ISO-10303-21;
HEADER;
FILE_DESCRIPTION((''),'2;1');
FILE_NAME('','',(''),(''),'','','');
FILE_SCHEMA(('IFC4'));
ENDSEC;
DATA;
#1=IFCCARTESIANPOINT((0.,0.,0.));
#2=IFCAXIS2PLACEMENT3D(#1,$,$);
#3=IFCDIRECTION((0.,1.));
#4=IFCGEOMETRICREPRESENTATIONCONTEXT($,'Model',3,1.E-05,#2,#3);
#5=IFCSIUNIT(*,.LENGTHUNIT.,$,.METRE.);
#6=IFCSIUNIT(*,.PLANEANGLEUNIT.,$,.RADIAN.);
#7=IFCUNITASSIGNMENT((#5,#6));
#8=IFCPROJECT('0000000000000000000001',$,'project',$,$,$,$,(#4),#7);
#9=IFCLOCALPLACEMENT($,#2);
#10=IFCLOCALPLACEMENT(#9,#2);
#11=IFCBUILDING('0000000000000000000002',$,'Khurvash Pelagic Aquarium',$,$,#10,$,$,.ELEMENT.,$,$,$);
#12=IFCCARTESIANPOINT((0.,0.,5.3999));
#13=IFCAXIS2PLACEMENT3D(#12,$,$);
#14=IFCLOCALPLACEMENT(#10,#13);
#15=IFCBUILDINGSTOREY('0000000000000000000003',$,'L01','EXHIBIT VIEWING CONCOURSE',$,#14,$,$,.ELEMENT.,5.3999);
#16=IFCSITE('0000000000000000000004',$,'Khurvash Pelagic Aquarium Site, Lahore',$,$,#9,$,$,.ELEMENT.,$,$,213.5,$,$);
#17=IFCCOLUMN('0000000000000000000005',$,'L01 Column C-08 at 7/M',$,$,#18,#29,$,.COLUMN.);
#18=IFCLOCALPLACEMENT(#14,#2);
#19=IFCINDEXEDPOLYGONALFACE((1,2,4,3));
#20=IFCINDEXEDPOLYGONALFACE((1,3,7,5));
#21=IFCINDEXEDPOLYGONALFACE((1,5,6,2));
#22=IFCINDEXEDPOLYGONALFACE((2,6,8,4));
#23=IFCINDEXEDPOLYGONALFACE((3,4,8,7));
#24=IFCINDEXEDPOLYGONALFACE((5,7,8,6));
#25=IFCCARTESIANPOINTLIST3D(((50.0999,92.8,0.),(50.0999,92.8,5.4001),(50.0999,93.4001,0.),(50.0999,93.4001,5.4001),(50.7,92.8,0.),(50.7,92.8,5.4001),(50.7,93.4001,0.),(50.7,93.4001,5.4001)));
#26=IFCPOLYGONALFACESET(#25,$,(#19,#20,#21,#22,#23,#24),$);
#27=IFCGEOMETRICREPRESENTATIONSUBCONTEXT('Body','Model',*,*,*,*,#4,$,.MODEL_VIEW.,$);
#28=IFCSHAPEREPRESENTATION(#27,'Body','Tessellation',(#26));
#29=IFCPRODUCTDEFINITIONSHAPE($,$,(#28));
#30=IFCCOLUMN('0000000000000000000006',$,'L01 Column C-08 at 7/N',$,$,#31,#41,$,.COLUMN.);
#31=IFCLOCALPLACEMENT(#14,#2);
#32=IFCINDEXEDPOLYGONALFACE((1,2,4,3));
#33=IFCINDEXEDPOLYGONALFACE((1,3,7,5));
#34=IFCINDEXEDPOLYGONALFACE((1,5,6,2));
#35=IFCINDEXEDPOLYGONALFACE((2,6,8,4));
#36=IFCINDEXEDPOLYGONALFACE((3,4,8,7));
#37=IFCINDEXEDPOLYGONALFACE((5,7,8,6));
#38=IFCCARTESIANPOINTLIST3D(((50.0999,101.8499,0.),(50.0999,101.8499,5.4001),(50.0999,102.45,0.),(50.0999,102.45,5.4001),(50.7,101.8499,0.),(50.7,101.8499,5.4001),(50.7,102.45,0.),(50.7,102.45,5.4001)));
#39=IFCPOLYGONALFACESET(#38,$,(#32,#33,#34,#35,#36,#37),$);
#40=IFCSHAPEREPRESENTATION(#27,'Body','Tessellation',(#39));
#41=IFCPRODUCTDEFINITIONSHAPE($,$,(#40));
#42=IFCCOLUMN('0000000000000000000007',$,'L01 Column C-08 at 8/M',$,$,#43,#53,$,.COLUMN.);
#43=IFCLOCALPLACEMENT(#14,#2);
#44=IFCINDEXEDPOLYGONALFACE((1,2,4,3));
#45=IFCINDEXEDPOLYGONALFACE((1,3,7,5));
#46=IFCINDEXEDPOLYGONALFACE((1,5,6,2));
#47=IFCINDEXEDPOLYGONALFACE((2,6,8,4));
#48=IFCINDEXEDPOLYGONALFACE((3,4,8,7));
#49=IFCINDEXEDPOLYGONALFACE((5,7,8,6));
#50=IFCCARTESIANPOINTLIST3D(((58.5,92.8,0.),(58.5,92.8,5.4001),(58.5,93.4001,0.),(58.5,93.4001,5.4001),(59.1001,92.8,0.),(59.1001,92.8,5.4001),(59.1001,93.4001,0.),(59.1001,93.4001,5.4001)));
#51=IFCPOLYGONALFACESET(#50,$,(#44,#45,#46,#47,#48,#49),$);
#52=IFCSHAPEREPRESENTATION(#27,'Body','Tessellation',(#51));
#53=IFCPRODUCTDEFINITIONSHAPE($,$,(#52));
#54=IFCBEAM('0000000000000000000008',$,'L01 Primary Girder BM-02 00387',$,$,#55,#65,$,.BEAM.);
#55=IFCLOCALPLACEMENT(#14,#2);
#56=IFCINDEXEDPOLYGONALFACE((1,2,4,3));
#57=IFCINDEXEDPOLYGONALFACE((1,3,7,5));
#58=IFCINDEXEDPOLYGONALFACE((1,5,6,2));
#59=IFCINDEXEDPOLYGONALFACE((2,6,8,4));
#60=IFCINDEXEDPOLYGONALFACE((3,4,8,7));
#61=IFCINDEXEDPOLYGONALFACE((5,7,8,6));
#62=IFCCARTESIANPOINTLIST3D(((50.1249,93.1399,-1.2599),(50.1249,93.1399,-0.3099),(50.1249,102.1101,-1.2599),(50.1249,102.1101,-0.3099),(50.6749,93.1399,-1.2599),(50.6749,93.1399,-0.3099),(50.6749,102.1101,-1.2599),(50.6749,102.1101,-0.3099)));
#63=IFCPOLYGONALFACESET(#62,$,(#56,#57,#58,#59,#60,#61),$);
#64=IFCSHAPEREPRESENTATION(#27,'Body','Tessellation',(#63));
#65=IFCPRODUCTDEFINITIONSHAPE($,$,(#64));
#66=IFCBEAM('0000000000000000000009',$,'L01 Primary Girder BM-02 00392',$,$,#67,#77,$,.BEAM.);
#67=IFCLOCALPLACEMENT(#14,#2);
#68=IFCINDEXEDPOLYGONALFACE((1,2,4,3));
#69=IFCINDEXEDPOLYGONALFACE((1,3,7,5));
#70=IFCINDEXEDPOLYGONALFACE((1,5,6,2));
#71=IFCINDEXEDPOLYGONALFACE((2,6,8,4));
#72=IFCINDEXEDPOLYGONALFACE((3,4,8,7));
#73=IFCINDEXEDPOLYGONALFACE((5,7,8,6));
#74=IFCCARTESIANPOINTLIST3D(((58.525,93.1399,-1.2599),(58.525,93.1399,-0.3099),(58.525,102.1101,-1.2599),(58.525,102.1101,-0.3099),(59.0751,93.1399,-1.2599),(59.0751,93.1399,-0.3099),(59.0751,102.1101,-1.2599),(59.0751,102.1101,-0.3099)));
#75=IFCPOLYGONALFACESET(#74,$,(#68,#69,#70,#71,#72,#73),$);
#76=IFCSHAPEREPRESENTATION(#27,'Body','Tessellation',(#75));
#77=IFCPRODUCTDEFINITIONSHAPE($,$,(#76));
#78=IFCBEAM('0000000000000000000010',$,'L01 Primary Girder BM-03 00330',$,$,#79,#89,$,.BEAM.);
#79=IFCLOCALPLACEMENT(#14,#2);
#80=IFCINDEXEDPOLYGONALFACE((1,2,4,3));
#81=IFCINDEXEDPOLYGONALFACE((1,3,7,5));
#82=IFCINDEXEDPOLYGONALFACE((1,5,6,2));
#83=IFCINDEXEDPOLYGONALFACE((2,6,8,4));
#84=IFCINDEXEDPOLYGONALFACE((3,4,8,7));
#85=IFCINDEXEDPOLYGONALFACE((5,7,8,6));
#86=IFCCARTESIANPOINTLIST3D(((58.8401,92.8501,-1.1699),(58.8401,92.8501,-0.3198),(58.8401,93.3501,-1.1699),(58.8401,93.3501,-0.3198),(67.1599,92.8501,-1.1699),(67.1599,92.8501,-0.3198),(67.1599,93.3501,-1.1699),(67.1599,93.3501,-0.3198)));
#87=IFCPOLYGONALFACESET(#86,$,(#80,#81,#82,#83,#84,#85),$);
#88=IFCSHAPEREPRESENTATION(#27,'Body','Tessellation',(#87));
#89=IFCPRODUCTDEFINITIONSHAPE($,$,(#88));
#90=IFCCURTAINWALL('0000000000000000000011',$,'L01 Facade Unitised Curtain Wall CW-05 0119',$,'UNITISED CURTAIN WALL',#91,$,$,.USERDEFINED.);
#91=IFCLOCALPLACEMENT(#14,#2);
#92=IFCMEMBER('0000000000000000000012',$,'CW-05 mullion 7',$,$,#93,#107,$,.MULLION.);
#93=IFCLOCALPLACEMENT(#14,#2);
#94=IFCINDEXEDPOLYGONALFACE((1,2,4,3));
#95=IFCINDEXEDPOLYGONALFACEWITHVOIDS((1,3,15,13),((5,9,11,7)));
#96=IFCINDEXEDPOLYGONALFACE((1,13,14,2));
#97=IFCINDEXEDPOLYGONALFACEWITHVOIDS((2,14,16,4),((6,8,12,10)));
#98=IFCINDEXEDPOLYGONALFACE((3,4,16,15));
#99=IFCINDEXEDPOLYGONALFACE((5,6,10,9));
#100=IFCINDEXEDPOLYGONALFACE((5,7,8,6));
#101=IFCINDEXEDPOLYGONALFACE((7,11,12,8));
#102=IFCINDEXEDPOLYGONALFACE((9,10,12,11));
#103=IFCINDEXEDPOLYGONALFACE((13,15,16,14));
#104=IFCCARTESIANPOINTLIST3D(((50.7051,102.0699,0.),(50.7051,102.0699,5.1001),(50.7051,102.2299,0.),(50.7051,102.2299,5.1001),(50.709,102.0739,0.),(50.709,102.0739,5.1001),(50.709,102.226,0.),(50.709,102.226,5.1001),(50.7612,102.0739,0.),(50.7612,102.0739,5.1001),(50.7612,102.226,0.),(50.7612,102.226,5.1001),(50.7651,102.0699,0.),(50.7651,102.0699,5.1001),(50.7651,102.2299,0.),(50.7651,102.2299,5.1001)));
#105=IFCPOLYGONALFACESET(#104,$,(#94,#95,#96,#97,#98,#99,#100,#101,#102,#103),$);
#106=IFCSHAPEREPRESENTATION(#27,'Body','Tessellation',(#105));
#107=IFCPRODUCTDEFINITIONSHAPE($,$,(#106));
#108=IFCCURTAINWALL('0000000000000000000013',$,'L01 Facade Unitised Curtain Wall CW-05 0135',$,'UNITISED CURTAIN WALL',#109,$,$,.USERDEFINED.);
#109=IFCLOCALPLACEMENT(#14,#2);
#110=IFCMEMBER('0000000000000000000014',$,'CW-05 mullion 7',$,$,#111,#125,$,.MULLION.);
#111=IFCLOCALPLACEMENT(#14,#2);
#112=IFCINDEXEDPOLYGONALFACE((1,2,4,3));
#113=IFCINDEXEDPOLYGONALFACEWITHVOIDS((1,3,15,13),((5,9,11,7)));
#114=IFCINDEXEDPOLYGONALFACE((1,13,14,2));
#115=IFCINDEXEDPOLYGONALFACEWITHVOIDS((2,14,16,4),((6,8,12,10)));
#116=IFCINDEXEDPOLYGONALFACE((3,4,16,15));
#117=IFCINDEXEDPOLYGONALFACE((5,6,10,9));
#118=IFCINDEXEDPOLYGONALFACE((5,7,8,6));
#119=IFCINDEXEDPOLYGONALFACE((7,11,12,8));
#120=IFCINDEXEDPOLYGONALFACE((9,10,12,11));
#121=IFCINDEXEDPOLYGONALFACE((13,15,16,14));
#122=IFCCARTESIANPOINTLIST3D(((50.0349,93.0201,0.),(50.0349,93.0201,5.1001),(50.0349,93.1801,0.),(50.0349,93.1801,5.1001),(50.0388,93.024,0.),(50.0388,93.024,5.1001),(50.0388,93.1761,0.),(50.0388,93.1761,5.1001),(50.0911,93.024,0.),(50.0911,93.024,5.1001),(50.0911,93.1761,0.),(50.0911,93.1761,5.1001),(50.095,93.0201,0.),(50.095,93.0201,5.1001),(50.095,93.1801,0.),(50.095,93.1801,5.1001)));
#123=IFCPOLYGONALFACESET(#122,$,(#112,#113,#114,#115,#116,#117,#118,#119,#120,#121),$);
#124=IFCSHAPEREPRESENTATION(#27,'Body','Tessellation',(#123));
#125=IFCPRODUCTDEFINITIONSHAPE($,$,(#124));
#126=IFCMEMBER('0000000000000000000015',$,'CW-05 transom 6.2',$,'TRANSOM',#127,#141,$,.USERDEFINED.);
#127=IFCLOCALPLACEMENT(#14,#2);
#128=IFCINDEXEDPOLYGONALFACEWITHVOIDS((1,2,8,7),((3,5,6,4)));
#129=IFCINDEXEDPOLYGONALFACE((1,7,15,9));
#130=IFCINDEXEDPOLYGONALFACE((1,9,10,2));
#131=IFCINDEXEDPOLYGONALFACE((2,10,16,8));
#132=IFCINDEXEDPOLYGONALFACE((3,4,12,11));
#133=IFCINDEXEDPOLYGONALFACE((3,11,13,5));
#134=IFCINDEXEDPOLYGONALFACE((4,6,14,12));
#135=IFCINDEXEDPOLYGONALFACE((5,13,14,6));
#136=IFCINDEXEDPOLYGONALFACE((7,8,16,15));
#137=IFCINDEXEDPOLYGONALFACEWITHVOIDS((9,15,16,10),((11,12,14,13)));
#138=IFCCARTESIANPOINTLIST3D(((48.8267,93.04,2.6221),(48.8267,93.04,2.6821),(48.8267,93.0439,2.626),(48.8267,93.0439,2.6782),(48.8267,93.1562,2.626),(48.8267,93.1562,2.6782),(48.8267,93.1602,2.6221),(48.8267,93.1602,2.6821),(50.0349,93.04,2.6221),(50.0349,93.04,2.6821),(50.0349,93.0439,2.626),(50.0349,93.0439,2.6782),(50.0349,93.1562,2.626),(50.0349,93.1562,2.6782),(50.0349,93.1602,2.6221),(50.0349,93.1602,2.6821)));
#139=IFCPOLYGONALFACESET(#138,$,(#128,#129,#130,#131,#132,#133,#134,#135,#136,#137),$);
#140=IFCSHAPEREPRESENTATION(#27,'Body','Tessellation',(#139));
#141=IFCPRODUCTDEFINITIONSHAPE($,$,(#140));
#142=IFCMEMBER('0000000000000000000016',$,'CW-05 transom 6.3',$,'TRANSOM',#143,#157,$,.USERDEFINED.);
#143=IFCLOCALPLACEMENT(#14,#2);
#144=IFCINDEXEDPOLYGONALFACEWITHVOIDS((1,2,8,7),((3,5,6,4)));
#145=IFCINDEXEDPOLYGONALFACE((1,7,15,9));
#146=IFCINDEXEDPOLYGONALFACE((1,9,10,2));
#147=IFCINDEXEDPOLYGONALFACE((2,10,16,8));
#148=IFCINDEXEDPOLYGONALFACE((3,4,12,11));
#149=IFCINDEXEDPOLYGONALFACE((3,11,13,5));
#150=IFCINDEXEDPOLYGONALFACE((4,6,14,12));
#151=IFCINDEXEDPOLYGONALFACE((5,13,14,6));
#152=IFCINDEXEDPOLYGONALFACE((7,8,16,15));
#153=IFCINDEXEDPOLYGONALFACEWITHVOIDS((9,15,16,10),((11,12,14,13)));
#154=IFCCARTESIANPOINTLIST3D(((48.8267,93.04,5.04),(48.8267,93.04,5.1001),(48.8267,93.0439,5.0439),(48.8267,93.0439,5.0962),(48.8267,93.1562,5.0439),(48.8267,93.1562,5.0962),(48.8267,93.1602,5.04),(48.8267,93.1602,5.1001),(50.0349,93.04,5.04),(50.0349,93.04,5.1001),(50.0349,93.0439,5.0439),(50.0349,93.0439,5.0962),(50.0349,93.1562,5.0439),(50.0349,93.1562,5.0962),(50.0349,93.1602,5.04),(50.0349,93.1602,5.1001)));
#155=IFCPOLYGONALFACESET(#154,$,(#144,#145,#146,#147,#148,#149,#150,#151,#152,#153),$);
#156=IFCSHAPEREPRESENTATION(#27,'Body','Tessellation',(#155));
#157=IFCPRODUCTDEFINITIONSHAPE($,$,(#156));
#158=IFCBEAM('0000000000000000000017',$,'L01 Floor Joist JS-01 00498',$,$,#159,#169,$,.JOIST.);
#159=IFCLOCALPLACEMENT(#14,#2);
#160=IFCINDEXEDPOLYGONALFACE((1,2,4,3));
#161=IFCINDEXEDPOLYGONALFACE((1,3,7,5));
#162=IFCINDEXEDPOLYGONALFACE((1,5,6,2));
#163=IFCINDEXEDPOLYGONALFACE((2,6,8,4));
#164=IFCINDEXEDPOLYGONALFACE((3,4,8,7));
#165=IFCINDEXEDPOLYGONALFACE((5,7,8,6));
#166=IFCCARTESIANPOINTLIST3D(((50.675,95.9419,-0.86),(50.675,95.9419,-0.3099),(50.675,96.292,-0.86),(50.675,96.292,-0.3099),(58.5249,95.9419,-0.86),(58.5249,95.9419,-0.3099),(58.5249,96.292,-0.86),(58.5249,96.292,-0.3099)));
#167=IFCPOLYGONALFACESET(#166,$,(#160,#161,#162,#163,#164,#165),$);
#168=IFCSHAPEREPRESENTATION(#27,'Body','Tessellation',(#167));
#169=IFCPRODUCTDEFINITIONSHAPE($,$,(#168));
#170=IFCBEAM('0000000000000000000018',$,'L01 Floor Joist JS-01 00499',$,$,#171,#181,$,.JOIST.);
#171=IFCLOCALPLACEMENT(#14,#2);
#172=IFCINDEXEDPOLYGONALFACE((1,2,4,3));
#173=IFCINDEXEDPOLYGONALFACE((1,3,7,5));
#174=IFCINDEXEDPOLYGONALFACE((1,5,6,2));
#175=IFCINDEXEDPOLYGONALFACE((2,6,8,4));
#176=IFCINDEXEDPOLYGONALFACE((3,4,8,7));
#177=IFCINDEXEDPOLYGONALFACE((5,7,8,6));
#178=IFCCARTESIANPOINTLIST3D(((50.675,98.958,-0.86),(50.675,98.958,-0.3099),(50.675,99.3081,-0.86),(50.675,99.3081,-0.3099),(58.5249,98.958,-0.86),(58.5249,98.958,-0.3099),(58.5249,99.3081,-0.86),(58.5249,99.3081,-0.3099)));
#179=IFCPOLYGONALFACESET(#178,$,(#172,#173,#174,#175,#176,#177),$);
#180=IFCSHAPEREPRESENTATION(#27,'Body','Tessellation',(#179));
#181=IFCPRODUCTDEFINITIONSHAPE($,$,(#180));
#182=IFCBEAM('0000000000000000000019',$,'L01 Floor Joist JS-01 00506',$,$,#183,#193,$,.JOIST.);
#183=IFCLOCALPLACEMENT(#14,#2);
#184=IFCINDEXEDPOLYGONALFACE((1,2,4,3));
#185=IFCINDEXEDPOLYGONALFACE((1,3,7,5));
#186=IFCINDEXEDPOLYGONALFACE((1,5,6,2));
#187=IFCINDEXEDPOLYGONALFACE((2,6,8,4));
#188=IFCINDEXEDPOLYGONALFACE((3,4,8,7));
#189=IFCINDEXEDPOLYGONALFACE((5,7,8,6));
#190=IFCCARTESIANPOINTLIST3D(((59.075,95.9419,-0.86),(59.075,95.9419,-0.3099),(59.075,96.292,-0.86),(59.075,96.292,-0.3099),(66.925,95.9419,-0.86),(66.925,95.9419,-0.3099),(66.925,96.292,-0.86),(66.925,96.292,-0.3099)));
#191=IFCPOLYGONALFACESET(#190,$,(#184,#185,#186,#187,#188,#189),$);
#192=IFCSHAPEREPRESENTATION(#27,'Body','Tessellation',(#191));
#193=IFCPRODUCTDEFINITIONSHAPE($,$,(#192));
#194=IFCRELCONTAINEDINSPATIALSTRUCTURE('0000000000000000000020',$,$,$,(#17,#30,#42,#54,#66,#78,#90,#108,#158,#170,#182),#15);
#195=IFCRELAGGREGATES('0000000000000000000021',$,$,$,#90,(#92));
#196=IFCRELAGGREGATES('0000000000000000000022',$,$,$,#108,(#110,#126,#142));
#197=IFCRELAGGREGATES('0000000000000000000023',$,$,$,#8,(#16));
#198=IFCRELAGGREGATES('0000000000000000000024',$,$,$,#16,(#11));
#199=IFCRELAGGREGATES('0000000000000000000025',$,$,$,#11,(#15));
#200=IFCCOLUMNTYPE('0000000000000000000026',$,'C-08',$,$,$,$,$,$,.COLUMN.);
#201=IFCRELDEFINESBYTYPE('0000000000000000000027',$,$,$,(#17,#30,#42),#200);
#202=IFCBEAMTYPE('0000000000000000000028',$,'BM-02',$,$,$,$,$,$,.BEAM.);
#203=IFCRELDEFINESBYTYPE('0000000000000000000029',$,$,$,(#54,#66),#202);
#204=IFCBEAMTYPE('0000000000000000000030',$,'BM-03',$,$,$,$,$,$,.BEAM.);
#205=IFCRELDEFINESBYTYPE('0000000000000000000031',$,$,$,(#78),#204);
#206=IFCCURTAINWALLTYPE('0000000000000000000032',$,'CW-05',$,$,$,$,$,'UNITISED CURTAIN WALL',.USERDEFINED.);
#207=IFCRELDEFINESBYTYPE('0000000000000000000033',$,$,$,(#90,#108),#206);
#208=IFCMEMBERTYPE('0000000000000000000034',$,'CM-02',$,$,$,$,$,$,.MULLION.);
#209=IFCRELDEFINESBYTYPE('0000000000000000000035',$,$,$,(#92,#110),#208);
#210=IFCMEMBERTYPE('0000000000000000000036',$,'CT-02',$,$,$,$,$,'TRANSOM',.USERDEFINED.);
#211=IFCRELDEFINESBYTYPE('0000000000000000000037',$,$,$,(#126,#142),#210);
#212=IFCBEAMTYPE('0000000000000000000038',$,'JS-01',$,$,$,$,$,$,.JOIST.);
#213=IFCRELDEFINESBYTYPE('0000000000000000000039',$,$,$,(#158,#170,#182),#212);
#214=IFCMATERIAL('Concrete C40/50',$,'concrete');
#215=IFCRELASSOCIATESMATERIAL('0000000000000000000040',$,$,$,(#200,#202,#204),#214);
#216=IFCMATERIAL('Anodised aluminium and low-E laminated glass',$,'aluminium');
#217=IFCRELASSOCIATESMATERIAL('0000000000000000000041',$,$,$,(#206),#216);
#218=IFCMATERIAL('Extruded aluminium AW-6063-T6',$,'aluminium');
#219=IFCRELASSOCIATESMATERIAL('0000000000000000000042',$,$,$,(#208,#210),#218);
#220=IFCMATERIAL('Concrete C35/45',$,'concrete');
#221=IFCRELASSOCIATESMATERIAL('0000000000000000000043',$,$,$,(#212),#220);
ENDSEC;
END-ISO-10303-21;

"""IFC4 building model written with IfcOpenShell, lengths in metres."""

from ifc_helpers import new_model, si_unit, direction, frame, origin, origin_2d, place, context, subcontext, project, spatial, rectangle, hollow_rectangle, extrude, material, material_profile, profile_set, type_object, element, aggregate, save


model = new_model("IFC4")

# Units and contexts
model_context = context("Model", 3, precision=1e-05, world=origin(), true_north=direction((0.0, 1.0)))
body_context = subcontext(model_context, "Body", "Model", "MODEL_VIEW")
ifc_project = project(units=[si_unit("LENGTHUNIT", "METRE"), si_unit("PLANEANGLEUNIT", "RADIAN")], contexts=[model_context])

# Site, building, storey
site_placement = place(None, origin())
site = spatial("IfcSite", under=ifc_project, at=site_placement, Name="Khurvash Pelagic Aquarium Site, Lahore", CompositionType="ELEMENT", RefElevation=213.5)
building_placement = place(site_placement, origin())
building = spatial("IfcBuilding", under=site, at=building_placement, Name="Khurvash Pelagic Aquarium", CompositionType="ELEMENT")
storey_placement = place(building_placement, frame((0.0, 0.0, 5.3999)))
storey = spatial("IfcBuildingStorey", under=building, at=storey_placement, Name="L01", Description="EXHIBIT VIEWING CONCOURSE", CompositionType="ELEMENT", Elevation=5.3999)

# Columns
ifc_material_1 = material(Name="Concrete C40/50", Category="concrete")
ifc_material_profile_1 = material_profile(ifc_material_1, rectangle(XDim=0.6001, YDim=0.6001, at=origin_2d()), Name="RC600X600")
ifc_profile_set_1 = profile_set([ifc_material_profile_1], Name="Concrete C40/50")
column_type = type_object("IfcColumnType", Name="C-08", PredefinedType="COLUMN", material=ifc_profile_set_1)
for number, where, z_axis, x_axis, name in (
    (1, (50.3999, 93.1001, 0.0), (0.0, 0.0, 1.0), (1.0, 0.0, 0.0), "L01 Column C-08 at 7/M"),
    (2, (50.3999, 102.1499, 0.0), (0.0, 0.0, 1.0), (1.0, 0.0, 0.0), "L01 Column C-08 at 7/N"),
    (3, (58.8, 93.1001, 0.0), (0.0, 0.0, 1.0), (1.0, 0.0, 0.0), "L01 Column C-08 at 8/M"),
):
    element("IfcColumn", number, at=place(storey_placement, frame(where, z_axis=z_axis, x_axis=x_axis)), inside=storey, type_object=column_type, Name=name, PredefinedType="COLUMN", context=body_context, shape_type="SweptSolid", body=[
        extrude(rectangle(XDim=0.6001, YDim=0.6001, at=origin_2d()), origin(), (0.0, 0.0, 1.0), 5.4001),
    ])

# Beams
ifc_material_profile_2 = material_profile(ifc_material_1, rectangle(XDim=0.55, YDim=0.95, at=origin_2d()), Name="RC550X950")
ifc_profile_set_2 = profile_set([ifc_material_profile_2], Name="Concrete C40/50")
beam_type_1 = type_object("IfcBeamType", Name="BM-02", PredefinedType="BEAM", material=ifc_profile_set_2)
for number, where, z_axis, x_axis, name in (
    (4, (50.3999, 93.1399, -0.7849), (0.0, 1.0, 0.0), (-1.0, 0.0, 0.0), "L01 Primary Girder BM-02 00387"),
    (5, (58.8, 93.1399, -0.7849), (0.0, 1.0, 0.0), (-1.0, 0.0, 0.0), "L01 Primary Girder BM-02 00392"),
):
    element("IfcBeam", number, at=place(storey_placement, frame(where, z_axis=z_axis, x_axis=x_axis)), inside=storey, type_object=beam_type_1, Name=name, PredefinedType="BEAM", context=body_context, shape_type="SweptSolid", body=[
        extrude(rectangle(XDim=0.55, YDim=0.95, at=origin_2d()), origin(), (0.0, 0.0, 1.0), 8.9702),
    ])
ifc_material_profile_3 = material_profile(ifc_material_1, rectangle(XDim=0.5, YDim=0.8501, at=origin_2d()), Name="RC500X850")
ifc_profile_set_3 = profile_set([ifc_material_profile_3], Name="Concrete C40/50")
beam_type_2 = type_object("IfcBeamType", Name="BM-03", PredefinedType="BEAM", material=ifc_profile_set_3)
beam_placement = place(storey_placement, frame((58.8401, 93.1001, -0.7449), z_axis=(1.0, 0.0, 0.0), x_axis=(0.0, 1.0, 0.0)))
element("IfcBeam", 6, at=beam_placement, inside=storey, type_object=beam_type_2, Name="L01 Primary Girder BM-03 00330", PredefinedType="BEAM", context=body_context, shape_type="SweptSolid", body=[
    extrude(rectangle(XDim=0.5, YDim=0.8501, at=origin_2d()), origin(), (0.0, 0.0, 1.0), 8.3198),
])

# Curtain wall, member
ifc_material_2 = material(Name="Anodised aluminium and low-E laminated glass", Category="aluminium")
curtain_wall_type = type_object("IfcCurtainWallType", Name="CW-05", ElementType="UNITISED CURTAIN WALL", PredefinedType="USERDEFINED", material=ifc_material_2)
curtain_wall_1_placement = place(storey_placement, origin())
curtain_wall_1 = element("IfcCurtainWall", 7, at=curtain_wall_1_placement, inside=storey, type_object=curtain_wall_type, Name="L01 Facade Unitised Curtain Wall CW-05 0119", ObjectType="UNITISED CURTAIN WALL", PredefinedType="USERDEFINED")
ifc_material_3 = material(Name="Extruded aluminium AW-6063-T6", Category="aluminium")
ifc_material_profile_4 = material_profile(ifc_material_3, hollow_rectangle(XDim=0.0601, YDim=0.1599, WallThickness=0.0039, at=origin_2d()), Name="CWM60X160X4")
ifc_profile_set_4 = profile_set([ifc_material_profile_4], Name="Extruded aluminium AW-6063-T6")
member_type_1 = type_object("IfcMemberType", Name="CM-02", PredefinedType="MULLION", material=ifc_profile_set_4)
member_1_placement = place(storey_placement, frame((50.7351, 102.1499, 0.0), z_axis=(0.0, 0.0, 1.0), x_axis=(-1.0, 0.0, 0.0)))
member_1 = element("IfcMember", 8, at=member_1_placement, type_object=member_type_1, Name="CW-05 mullion 7", PredefinedType="MULLION", context=body_context, shape_type="SweptSolid", body=[
    extrude(hollow_rectangle(XDim=0.0601, YDim=0.1599, WallThickness=0.0039, at=origin_2d()), origin(), (0.0, 0.0, 1.0), 5.1001),
])
aggregate(curtain_wall_1, [member_1])

# Curtain wall, members
curtain_wall_2_placement = place(storey_placement, origin())
curtain_wall_2 = element("IfcCurtainWall", 9, at=curtain_wall_2_placement, inside=storey, type_object=curtain_wall_type, Name="L01 Facade Unitised Curtain Wall CW-05 0135", ObjectType="UNITISED CURTAIN WALL", PredefinedType="USERDEFINED")
member_2_placement = place(storey_placement, frame((50.0649, 93.1001, 0.0), z_axis=(0.0, 0.0, 1.0), x_axis=(1.0, 0.0, 0.0)))
member_2 = element("IfcMember", 10, at=member_2_placement, type_object=member_type_1, Name="CW-05 mullion 7", PredefinedType="MULLION", context=body_context, shape_type="SweptSolid", body=[
    extrude(hollow_rectangle(XDim=0.0601, YDim=0.1599, WallThickness=0.0039, at=origin_2d()), origin(), (0.0, 0.0, 1.0), 5.1001),
])
ifc_material_profile_5 = material_profile(ifc_material_3, hollow_rectangle(XDim=0.1201, YDim=0.0601, WallThickness=0.0039, at=origin_2d()), Name="CWT120X60X4")
ifc_profile_set_5 = profile_set([ifc_material_profile_5], Name="Extruded aluminium AW-6063-T6")
member_type_2 = type_object("IfcMemberType", Name="CT-02", ElementType="TRANSOM", PredefinedType="USERDEFINED", material=ifc_profile_set_5)
member_3_placement = place(storey_placement, frame((48.8267, 93.1001, 2.6521), z_axis=(1.0, 0.0, 0.0), x_axis=(0.0, 1.0, 0.0)))
member_3 = element("IfcMember", 11, at=member_3_placement, type_object=member_type_2, Name="CW-05 transom 6.2", ObjectType="TRANSOM", PredefinedType="USERDEFINED", context=body_context, shape_type="SweptSolid", body=[
    extrude(hollow_rectangle(XDim=0.1201, YDim=0.0601, WallThickness=0.0039, at=origin_2d()), origin(), (0.0, 0.0, 1.0), 1.2083),
])
member_4_placement = place(storey_placement, frame((48.8267, 93.1001, 5.0701), z_axis=(1.0, 0.0, 0.0), x_axis=(0.0, 1.0, 0.0)))
member_4 = element("IfcMember", 12, at=member_4_placement, type_object=member_type_2, Name="CW-05 transom 6.3", ObjectType="TRANSOM", PredefinedType="USERDEFINED", context=body_context, shape_type="SweptSolid", body=[
    extrude(hollow_rectangle(XDim=0.1201, YDim=0.0601, WallThickness=0.0039, at=origin_2d()), origin(), (0.0, 0.0, 1.0), 1.2083),
])

# Beams
ifc_material_4 = material(Name="Concrete C35/45", Category="concrete")
ifc_material_profile_6 = material_profile(ifc_material_4, rectangle(XDim=0.3501, YDim=0.55, at=origin_2d()), Name="RC350X550")
ifc_profile_set_6 = profile_set([ifc_material_profile_6], Name="Concrete C35/45")
beam_type_3 = type_object("IfcBeamType", Name="JS-01", PredefinedType="JOIST", material=ifc_profile_set_6)
for number, where, z_axis, x_axis, name in (
    (13, (50.675, 96.1169, -0.585), (1.0, 0.0, 0.0), (0.0, 1.0, 0.0), "L01 Floor Joist JS-01 00498"),
    (14, (50.675, 99.1331, -0.585), (1.0, 0.0, 0.0), (0.0, 1.0, 0.0), "L01 Floor Joist JS-01 00499"),
):
    element("IfcBeam", number, at=place(storey_placement, frame(where, z_axis=z_axis, x_axis=x_axis)), inside=storey, type_object=beam_type_3, Name=name, PredefinedType="JOIST", context=body_context, shape_type="SweptSolid", body=[
        extrude(rectangle(XDim=0.3501, YDim=0.55, at=origin_2d()), origin(), (0.0, 0.0, 1.0), 7.8499),
    ])
for number, where, z_axis, x_axis, name in (
    (15, (59.075, 96.1169, -0.585), (1.0, 0.0, 0.0), (0.0, 1.0, 0.0), "L01 Floor Joist JS-01 00506"),
):
    element("IfcBeam", number, at=place(storey_placement, frame(where, z_axis=z_axis, x_axis=x_axis)), inside=storey, type_object=beam_type_3, Name=name, PredefinedType="JOIST", context=body_context, shape_type="SweptSolid", body=[
        extrude(rectangle(XDim=0.3501, YDim=0.55, at=origin_2d()), origin(), (0.0, 0.0, 1.0), 7.8501),
    ])

aggregate(curtain_wall_2, [member_2, member_3, member_4])

save(model, "model.ifc")
